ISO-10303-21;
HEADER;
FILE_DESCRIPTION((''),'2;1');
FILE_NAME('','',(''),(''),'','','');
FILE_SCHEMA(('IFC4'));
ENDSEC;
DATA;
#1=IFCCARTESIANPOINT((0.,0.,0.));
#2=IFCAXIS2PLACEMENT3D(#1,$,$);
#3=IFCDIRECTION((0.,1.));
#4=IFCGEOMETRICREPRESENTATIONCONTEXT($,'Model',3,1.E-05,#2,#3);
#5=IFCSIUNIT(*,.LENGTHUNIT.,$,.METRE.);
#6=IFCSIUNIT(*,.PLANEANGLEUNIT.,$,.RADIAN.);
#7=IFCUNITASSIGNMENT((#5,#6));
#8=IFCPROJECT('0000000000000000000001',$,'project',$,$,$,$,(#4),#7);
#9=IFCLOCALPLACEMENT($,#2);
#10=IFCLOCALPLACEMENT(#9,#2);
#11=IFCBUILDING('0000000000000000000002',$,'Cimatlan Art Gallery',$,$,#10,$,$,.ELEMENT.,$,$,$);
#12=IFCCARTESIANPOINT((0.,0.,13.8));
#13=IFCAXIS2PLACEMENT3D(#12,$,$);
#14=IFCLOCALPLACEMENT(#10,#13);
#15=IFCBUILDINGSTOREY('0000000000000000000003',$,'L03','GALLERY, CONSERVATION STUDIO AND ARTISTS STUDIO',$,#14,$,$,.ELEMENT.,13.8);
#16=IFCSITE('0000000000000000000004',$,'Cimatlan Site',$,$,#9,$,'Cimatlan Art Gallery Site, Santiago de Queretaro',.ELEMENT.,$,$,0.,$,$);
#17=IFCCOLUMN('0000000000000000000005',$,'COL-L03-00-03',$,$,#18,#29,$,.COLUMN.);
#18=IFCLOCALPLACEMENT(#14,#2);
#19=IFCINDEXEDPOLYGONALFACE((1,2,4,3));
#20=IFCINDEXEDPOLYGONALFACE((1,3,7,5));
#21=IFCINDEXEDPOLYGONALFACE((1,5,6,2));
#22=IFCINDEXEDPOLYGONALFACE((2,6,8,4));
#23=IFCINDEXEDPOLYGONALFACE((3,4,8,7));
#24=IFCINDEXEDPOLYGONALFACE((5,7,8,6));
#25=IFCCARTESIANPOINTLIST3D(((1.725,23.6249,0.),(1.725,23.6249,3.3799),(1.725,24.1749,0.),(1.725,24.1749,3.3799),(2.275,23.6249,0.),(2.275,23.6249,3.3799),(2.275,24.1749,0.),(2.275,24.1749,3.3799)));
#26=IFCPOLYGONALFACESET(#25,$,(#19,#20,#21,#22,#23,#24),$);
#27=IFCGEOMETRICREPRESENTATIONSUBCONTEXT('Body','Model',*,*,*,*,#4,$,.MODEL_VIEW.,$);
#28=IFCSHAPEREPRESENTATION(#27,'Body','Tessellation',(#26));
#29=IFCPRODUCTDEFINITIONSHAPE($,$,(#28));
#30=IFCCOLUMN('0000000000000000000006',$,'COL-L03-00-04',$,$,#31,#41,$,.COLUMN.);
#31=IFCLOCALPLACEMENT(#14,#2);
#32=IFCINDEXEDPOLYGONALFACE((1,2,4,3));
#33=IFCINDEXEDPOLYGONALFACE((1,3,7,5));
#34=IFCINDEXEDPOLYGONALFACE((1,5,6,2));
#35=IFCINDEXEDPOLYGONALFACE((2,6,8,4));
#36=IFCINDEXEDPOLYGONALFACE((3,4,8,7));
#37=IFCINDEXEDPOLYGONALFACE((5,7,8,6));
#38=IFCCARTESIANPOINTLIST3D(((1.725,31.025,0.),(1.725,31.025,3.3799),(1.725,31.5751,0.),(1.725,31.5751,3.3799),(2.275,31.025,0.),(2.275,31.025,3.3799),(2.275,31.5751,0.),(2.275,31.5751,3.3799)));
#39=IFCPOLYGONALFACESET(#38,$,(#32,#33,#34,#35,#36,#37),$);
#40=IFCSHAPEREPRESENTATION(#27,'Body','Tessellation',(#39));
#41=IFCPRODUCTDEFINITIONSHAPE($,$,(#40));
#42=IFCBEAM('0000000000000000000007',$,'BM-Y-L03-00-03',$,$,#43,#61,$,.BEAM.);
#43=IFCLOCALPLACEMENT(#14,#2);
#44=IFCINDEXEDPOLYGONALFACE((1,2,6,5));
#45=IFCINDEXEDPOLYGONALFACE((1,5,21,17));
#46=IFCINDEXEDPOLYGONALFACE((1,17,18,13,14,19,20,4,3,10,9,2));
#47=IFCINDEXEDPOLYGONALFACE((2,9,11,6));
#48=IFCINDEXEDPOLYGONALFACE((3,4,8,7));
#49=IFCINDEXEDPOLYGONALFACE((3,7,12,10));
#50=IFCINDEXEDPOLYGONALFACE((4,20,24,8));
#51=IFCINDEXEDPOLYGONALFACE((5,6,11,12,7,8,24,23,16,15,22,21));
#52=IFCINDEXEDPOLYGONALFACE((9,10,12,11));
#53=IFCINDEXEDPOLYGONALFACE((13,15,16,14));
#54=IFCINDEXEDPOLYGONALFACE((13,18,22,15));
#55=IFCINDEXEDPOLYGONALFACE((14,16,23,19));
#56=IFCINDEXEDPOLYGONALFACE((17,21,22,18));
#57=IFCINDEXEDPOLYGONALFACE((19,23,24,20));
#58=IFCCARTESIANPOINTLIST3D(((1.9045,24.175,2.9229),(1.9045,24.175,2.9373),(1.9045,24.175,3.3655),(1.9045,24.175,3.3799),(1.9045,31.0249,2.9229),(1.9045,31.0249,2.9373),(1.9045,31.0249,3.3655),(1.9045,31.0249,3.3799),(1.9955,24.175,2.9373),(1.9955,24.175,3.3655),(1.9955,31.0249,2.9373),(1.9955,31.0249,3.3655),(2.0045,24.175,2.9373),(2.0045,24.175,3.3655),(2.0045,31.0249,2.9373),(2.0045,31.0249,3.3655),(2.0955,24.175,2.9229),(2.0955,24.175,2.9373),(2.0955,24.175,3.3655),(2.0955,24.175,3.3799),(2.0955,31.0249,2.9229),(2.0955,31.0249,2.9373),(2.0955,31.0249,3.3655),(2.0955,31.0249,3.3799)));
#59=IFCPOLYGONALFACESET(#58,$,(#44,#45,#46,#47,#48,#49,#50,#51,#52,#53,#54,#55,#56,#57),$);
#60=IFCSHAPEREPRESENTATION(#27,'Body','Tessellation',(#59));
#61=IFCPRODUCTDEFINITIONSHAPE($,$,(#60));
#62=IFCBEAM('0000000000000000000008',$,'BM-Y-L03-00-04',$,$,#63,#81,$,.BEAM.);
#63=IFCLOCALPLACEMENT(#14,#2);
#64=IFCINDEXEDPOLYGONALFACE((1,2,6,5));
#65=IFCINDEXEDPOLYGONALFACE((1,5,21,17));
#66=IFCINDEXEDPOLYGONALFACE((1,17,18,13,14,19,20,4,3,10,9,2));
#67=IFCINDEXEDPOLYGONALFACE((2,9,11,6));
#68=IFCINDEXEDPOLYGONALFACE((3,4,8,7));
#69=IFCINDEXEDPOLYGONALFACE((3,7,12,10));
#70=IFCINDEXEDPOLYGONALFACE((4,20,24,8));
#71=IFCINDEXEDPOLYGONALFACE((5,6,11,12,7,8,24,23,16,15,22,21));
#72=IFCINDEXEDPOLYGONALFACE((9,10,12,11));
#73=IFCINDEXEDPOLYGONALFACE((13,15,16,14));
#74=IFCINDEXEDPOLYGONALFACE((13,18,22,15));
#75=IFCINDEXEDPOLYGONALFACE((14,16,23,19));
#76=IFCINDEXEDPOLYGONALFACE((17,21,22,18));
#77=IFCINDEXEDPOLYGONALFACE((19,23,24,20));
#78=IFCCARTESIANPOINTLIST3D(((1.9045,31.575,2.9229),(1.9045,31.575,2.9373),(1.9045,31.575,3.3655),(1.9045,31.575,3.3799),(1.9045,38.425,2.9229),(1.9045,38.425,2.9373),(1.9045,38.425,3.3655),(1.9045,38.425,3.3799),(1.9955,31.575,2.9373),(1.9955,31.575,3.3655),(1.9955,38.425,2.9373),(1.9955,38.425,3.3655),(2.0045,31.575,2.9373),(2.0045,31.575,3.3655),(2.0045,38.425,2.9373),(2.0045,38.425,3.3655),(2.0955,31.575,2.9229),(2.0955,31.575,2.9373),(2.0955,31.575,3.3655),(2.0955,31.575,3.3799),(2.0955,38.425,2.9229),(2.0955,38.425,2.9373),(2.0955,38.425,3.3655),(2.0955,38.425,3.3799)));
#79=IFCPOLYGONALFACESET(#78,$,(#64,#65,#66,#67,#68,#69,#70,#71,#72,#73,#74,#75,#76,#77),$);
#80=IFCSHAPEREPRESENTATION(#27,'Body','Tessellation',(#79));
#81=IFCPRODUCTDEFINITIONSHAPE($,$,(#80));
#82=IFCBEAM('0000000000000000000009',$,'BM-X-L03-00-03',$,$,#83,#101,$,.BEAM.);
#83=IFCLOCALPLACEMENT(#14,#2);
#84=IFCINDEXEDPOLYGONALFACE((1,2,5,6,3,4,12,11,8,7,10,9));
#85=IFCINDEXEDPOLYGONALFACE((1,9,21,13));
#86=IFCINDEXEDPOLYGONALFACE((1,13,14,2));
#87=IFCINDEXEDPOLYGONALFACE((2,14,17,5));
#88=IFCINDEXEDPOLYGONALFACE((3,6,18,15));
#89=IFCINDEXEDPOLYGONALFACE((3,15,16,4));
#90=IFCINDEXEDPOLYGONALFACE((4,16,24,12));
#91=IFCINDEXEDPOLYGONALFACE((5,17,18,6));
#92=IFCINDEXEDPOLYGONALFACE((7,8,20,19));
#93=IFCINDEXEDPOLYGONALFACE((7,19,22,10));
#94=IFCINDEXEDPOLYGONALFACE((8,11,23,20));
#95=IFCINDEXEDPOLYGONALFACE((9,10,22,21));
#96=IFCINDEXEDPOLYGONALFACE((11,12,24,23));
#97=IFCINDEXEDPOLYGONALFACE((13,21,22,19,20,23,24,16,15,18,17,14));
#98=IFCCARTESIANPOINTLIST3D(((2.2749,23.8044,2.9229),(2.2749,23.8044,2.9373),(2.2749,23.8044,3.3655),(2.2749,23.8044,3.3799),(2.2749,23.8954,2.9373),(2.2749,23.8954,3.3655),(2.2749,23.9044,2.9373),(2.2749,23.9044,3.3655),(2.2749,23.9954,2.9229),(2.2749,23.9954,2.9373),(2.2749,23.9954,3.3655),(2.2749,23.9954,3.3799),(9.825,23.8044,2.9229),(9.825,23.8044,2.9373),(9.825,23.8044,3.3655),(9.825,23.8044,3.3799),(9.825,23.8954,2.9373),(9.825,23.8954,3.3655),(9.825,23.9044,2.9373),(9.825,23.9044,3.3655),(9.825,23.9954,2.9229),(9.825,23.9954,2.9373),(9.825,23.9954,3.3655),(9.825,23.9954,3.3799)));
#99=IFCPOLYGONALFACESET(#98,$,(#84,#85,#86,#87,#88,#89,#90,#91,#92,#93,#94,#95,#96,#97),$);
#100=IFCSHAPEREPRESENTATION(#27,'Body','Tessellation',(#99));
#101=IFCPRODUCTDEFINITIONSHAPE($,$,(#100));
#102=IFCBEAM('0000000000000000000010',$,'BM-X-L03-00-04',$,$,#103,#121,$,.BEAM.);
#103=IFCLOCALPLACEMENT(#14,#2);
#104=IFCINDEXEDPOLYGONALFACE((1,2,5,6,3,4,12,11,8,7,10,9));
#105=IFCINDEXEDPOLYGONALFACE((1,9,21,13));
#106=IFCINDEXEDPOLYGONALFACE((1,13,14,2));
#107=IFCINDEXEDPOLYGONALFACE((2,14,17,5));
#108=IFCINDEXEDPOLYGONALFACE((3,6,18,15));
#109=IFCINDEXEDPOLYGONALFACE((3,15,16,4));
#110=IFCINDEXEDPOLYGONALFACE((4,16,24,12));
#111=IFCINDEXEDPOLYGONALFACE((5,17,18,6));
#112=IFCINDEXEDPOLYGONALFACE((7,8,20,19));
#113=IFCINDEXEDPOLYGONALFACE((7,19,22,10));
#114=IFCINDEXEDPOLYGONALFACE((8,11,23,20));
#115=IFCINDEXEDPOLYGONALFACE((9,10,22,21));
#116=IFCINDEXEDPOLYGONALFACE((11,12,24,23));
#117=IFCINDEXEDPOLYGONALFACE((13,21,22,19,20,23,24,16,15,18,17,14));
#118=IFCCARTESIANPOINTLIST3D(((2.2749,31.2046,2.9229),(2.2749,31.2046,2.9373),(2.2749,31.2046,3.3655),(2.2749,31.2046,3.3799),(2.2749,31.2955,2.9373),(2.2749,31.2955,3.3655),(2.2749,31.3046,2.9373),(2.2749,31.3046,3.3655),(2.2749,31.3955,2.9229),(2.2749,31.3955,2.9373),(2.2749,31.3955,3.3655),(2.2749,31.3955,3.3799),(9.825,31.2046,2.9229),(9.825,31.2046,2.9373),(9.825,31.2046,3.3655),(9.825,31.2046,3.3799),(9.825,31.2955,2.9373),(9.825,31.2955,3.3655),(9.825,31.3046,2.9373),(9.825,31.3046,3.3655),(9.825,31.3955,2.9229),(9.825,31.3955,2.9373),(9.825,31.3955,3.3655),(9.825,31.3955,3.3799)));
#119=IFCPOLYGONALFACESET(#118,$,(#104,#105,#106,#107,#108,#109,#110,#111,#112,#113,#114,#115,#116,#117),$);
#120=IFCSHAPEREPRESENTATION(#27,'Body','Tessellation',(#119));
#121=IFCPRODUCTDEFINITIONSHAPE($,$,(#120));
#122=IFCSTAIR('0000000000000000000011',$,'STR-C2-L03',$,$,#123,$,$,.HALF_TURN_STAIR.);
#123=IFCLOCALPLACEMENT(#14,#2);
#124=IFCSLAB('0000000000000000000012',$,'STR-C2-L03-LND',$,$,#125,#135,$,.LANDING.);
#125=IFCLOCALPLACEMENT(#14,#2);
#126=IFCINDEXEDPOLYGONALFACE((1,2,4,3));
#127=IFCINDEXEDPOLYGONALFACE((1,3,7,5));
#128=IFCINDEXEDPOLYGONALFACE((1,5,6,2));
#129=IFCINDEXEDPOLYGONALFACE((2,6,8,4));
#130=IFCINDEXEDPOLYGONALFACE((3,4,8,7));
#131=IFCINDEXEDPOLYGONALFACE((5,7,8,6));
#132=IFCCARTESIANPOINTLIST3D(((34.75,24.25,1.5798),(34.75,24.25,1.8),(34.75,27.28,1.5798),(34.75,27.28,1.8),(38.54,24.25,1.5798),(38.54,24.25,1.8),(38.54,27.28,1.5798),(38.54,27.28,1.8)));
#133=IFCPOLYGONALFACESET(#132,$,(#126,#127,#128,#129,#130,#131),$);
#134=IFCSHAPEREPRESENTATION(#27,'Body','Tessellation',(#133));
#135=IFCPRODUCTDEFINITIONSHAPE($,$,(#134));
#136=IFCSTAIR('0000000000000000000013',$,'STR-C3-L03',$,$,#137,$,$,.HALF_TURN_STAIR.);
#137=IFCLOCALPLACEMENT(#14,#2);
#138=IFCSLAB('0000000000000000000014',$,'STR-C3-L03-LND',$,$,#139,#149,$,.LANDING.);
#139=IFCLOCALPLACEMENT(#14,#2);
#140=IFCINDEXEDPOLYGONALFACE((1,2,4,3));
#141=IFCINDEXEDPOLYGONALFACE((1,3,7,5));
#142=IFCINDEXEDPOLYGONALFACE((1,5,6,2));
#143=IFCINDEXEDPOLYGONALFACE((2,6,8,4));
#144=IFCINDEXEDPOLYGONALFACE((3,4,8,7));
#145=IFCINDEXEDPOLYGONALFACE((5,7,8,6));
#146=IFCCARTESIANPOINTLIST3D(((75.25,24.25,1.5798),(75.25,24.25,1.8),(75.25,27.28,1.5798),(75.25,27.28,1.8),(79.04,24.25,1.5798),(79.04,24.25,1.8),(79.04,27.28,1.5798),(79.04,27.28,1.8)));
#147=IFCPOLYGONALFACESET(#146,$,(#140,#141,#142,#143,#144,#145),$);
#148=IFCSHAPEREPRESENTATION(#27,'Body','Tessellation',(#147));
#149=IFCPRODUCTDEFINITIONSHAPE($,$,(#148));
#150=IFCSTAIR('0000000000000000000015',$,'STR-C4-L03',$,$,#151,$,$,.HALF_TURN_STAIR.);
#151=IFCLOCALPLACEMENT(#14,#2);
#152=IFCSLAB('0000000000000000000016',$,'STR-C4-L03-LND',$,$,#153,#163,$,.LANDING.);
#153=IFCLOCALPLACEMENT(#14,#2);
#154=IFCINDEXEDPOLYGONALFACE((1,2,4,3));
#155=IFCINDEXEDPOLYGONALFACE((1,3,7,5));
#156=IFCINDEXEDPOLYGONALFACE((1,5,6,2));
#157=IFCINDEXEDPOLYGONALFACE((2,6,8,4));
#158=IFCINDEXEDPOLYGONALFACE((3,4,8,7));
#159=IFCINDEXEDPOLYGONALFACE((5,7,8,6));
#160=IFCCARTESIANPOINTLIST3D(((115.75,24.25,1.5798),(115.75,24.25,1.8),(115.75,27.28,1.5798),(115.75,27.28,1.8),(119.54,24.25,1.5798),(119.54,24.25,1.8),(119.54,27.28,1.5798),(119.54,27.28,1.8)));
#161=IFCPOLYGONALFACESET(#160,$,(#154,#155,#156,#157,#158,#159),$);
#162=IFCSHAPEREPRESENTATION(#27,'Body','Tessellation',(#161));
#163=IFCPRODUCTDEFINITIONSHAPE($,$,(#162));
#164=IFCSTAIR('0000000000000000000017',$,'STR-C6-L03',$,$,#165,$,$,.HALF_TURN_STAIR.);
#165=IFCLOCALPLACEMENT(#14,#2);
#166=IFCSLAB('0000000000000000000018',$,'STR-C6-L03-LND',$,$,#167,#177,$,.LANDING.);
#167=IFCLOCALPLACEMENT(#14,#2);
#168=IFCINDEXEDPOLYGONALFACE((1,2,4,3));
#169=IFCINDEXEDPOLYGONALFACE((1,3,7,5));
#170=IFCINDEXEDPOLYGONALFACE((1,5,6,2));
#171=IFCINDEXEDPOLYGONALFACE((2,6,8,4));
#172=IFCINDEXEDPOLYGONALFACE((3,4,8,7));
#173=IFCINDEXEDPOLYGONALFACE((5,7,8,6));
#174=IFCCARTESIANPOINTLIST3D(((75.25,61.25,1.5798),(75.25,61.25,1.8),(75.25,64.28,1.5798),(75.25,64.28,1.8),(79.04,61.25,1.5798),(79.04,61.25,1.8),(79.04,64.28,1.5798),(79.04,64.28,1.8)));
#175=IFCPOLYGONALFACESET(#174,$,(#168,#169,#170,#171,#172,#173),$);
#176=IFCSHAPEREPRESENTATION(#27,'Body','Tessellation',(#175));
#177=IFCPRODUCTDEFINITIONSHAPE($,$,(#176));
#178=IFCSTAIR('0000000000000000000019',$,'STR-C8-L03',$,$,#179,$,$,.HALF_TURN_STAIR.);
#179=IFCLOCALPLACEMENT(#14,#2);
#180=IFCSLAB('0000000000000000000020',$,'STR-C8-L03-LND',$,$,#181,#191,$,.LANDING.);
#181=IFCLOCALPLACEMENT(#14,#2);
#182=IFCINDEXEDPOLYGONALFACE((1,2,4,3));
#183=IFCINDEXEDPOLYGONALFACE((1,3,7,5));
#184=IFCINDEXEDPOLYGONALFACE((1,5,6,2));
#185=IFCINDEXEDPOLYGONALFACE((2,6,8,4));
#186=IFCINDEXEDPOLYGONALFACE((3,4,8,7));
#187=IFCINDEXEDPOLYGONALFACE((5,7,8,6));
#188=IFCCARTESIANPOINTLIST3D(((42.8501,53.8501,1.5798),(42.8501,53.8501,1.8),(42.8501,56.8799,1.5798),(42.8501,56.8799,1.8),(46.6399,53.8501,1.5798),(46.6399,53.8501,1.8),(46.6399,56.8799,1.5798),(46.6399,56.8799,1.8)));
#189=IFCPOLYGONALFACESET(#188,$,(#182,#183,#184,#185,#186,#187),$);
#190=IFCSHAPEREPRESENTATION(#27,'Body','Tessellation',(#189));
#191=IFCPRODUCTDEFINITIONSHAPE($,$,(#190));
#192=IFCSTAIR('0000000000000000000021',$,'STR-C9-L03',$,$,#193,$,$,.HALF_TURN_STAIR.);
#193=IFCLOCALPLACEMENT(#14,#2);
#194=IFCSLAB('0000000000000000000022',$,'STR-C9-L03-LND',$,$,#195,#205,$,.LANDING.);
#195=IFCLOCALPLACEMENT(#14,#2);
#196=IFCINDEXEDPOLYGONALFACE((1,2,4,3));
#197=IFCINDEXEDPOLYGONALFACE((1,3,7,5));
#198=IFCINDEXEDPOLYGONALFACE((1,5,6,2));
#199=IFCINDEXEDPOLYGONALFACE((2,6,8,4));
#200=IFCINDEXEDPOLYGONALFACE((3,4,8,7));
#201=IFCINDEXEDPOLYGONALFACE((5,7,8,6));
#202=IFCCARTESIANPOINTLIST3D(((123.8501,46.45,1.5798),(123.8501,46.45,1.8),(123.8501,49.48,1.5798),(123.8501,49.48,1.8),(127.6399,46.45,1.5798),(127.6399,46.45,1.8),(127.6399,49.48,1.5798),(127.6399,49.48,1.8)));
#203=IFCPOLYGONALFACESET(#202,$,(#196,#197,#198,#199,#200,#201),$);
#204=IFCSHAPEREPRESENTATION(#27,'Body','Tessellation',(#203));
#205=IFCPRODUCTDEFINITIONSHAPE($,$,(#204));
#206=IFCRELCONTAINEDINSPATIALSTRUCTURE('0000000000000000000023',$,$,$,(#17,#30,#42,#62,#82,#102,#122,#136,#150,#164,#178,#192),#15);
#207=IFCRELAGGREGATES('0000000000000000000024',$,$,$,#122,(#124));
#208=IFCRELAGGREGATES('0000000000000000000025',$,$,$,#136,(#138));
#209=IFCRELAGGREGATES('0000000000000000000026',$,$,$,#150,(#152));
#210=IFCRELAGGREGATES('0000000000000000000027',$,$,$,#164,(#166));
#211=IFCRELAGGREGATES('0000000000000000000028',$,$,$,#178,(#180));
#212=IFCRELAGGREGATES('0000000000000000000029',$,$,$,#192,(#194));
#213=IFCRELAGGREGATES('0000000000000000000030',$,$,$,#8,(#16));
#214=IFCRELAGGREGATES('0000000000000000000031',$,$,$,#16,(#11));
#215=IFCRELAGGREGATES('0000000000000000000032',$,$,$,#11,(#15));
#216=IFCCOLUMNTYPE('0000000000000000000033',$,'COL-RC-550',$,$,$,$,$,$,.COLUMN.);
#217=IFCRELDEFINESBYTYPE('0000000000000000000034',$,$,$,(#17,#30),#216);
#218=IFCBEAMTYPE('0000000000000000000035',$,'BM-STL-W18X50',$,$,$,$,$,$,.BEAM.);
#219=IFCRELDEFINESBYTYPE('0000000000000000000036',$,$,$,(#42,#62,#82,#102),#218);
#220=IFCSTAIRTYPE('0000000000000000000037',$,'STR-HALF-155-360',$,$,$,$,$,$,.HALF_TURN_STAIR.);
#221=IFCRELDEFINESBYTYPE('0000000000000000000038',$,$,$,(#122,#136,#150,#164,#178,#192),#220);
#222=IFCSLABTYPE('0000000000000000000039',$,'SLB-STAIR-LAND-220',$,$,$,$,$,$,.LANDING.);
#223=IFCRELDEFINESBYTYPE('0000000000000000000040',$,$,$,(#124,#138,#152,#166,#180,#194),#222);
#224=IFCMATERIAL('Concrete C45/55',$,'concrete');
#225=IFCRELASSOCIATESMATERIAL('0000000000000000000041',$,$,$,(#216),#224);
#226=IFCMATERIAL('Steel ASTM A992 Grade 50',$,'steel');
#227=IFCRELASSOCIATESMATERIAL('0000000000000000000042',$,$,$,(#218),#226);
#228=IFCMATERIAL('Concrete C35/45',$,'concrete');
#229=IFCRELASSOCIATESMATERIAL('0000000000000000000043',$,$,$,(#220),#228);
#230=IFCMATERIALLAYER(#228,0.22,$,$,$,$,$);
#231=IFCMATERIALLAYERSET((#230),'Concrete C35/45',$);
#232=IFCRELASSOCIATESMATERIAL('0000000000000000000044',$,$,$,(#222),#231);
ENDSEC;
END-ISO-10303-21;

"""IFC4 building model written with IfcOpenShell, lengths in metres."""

from ifc_helpers import new_model, si_unit, direction, frame, origin, origin_2d, place, context, subcontext, project, spatial, polyline, rectangle, i_section, outline, extrude, material, layer, layer_set, material_profile, profile_set, type_object, element, aggregate, save


model = new_model("IFC4")

# Units and contexts
model_context = context("Model", 3, precision=1e-05, world=origin(), true_north=direction((0.0, 1.0)))
body_context = subcontext(model_context, "Body", "Model", "MODEL_VIEW")
ifc_project = project(units=[si_unit("LENGTHUNIT", "METRE"), si_unit("PLANEANGLEUNIT", "RADIAN")], contexts=[model_context])

# Site, building, storey
site_placement = place(None, origin())
site = spatial("IfcSite", under=ifc_project, at=site_placement, Name="Cimatlan Site", LongName="Cimatlan Art Gallery Site, Santiago de Queretaro", CompositionType="ELEMENT", RefElevation=0.0)
building_placement = place(site_placement, origin())
building = spatial("IfcBuilding", under=site, at=building_placement, Name="Cimatlan Art Gallery", CompositionType="ELEMENT")
storey_placement = place(building_placement, frame((0.0, 0.0, 13.8)))
storey = spatial("IfcBuildingStorey", under=building, at=storey_placement, Name="L03", Description="GALLERY, CONSERVATION STUDIO AND ARTISTS STUDIO", CompositionType="ELEMENT", Elevation=13.8)

# Columns
ifc_material_1 = material(Name="Concrete C45/55", Category="concrete")
ifc_material_profile_1 = material_profile(ifc_material_1, rectangle(XDim=0.55, YDim=0.55, at=origin_2d()), Name="RC550X550")
ifc_profile_set_1 = profile_set([ifc_material_profile_1], Name="Concrete C45/55")
column_type = type_object("IfcColumnType", Name="COL-RC-550", PredefinedType="COLUMN", material=ifc_profile_set_1)
for number, where, z_axis, x_axis, name in (
    (1, (2.0, 23.8999, 0.0), (0.0, 0.0, 1.0), (1.0, 0.0, 0.0), "COL-L03-00-03"),
    (2, (2.0, 31.3, 0.0), (0.0, 0.0, 1.0), (1.0, 0.0, 0.0), "COL-L03-00-04"),
):
    element("IfcColumn", number, at=place(storey_placement, frame(where, z_axis=z_axis, x_axis=x_axis)), inside=storey, type_object=column_type, Name=name, PredefinedType="COLUMN", context=body_context, shape_type="SweptSolid", body=[
        extrude(rectangle(XDim=0.55, YDim=0.55, at=origin_2d()), origin(), (0.0, 0.0, 1.0), 3.3799),
    ])

# Beams
ifc_material_2 = material(Name="Steel ASTM A992 Grade 50", Category="steel")
ifc_material_profile_2 = material_profile(ifc_material_2, i_section(OverallWidth=0.1909, OverallDepth=0.457, WebThickness=0.009, FlangeThickness=0.0144, at=origin_2d()), Name="W18X50")
ifc_profile_set_2 = profile_set([ifc_material_profile_2], Name="Steel ASTM A992 Grade 50")
beam_type = type_object("IfcBeamType", Name="BM-STL-W18X50", PredefinedType="BEAM", material=ifc_profile_set_2)
beam_1_placement = place(storey_placement, frame((2.0, 24.175, 3.1514), z_axis=(0.0, 1.0, 0.0), x_axis=(-1.0, 0.0, 0.0)))
element("IfcBeam", 3, at=beam_1_placement, inside=storey, type_object=beam_type, Name="BM-Y-L03-00-03", PredefinedType="BEAM", context=body_context, shape_type="SweptSolid", body=[
    extrude(i_section(OverallWidth=0.1909, OverallDepth=0.457, WebThickness=0.009, FlangeThickness=0.0144, at=origin_2d()), origin(), (0.0, 0.0, 1.0), 6.8499),
])
beam_2_placement = place(storey_placement, frame((2.0, 31.575, 3.1514), z_axis=(0.0, 1.0, 0.0), x_axis=(-1.0, 0.0, 0.0)))
element("IfcBeam", 4, at=beam_2_placement, inside=storey, type_object=beam_type, Name="BM-Y-L03-00-04", PredefinedType="BEAM", context=body_context, shape_type="SweptSolid", body=[
    extrude(i_section(OverallWidth=0.1909, OverallDepth=0.457, WebThickness=0.009, FlangeThickness=0.0144, at=origin_2d()), origin(), (0.0, 0.0, 1.0), 6.8501),
])
for number, where, z_axis, x_axis, name in (
    (5, (2.2749, 23.8999, 3.1514), (1.0, 0.0, 0.0), (0.0, 1.0, 0.0), "BM-X-L03-00-03"),
    (6, (2.2749, 31.3, 3.1514), (1.0, 0.0, 0.0), (0.0, 1.0, 0.0), "BM-X-L03-00-04"),
):
    element("IfcBeam", number, at=place(storey_placement, frame(where, z_axis=z_axis, x_axis=x_axis)), inside=storey, type_object=beam_type, Name=name, PredefinedType="BEAM", context=body_context, shape_type="SweptSolid", body=[
        extrude(i_section(OverallWidth=0.1909, OverallDepth=0.457, WebThickness=0.009, FlangeThickness=0.0144, at=origin_2d()), origin(), (0.0, 0.0, 1.0), 7.55),
    ])

# Stairs, slabs
ifc_material_3 = material(Name="Concrete C35/45", Category="concrete")
stair_type = type_object("IfcStairType", Name="STR-HALF-155-360", PredefinedType="HALF_TURN_STAIR", material=ifc_material_3)
stair_1_placement = place(storey_placement, origin())
stair_1 = element("IfcStair", 7, at=stair_1_placement, inside=storey, type_object=stair_type, Name="STR-C2-L03", PredefinedType="HALF_TURN_STAIR")
ifc_layer_1 = layer(ifc_material_3, 0.22)
ifc_layer_set_1 = layer_set([ifc_layer_1], Name="Concrete C35/45")
slab_type = type_object("IfcSlabType", Name="SLB-STAIR-LAND-220", PredefinedType="LANDING", material=ifc_layer_set_1)
slab_1_placement = place(storey_placement, frame((0.0, 0.0, 1.5798)))
slab_1 = element("IfcSlab", 8, at=slab_1_placement, type_object=slab_type, Name="STR-C2-L03-LND", PredefinedType="LANDING", context=body_context, shape_type="SweptSolid", body=[
    extrude(outline(polyline([(34.75, 24.25), (38.54, 24.25), (38.54, 27.28), (34.75, 27.28), (34.75, 24.25)])), origin(), (0.0, 0.0, 1.0), 0.2202),
])
aggregate(stair_1, [slab_1])
stair_2_placement = place(storey_placement, origin())
stair_2 = element("IfcStair", 9, at=stair_2_placement, inside=storey, type_object=stair_type, Name="STR-C3-L03", PredefinedType="HALF_TURN_STAIR")
slab_2_placement = place(storey_placement, frame((0.0, 0.0, 1.5798)))
slab_2 = element("IfcSlab", 10, at=slab_2_placement, type_object=slab_type, Name="STR-C3-L03-LND", PredefinedType="LANDING", context=body_context, shape_type="SweptSolid", body=[
    extrude(outline(polyline([(75.25, 24.25), (79.04, 24.25), (79.04, 27.28), (75.25, 27.28), (75.25, 24.25)])), origin(), (0.0, 0.0, 1.0), 0.2202),
])
aggregate(stair_2, [slab_2])
stair_3_placement = place(storey_placement, origin())
stair_3 = element("IfcStair", 11, at=stair_3_placement, inside=storey, type_object=stair_type, Name="STR-C4-L03", PredefinedType="HALF_TURN_STAIR")
slab_3_placement = place(storey_placement, frame((0.0, 0.0, 1.5798)))
slab_3 = element("IfcSlab", 12, at=slab_3_placement, type_object=slab_type, Name="STR-C4-L03-LND", PredefinedType="LANDING", context=body_context, shape_type="SweptSolid", body=[
    extrude(outline(polyline([(115.75, 24.25), (119.54, 24.25), (119.54, 27.28), (115.75, 27.28), (115.75, 24.25)])), origin(), (0.0, 0.0, 1.0), 0.2202),
])
aggregate(stair_3, [slab_3])
stair_4_placement = place(storey_placement, origin())
stair_4 = element("IfcStair", 13, at=stair_4_placement, inside=storey, type_object=stair_type, Name="STR-C6-L03", PredefinedType="HALF_TURN_STAIR")
slab_4_placement = place(storey_placement, frame((0.0, 0.0, 1.5798)))
slab_4 = element("IfcSlab", 14, at=slab_4_placement, type_object=slab_type, Name="STR-C6-L03-LND", PredefinedType="LANDING", context=body_context, shape_type="SweptSolid", body=[
    extrude(outline(polyline([(75.25, 61.25), (79.04, 61.25), (79.04, 64.28), (75.25, 64.28), (75.25, 61.25)])), origin(), (0.0, 0.0, 1.0), 0.2202),
])
aggregate(stair_4, [slab_4])
stair_5_placement = place(storey_placement, origin())
stair_5 = element("IfcStair", 15, at=stair_5_placement, inside=storey, type_object=stair_type, Name="STR-C8-L03", PredefinedType="HALF_TURN_STAIR")
slab_5_placement = place(storey_placement, frame((0.0, 0.0, 1.5798)))
slab_5 = element("IfcSlab", 16, at=slab_5_placement, type_object=slab_type, Name="STR-C8-L03-LND", PredefinedType="LANDING", context=body_context, shape_type="SweptSolid", body=[
    extrude(outline(polyline([(42.8501, 53.8501), (46.6399, 53.8501), (46.6399, 56.8799), (42.8501, 56.8799), (42.8501, 53.8501)])), origin(), (0.0, 0.0, 1.0), 0.2202),
])
aggregate(stair_5, [slab_5])
stair_6_placement = place(storey_placement, origin())
stair_6 = element("IfcStair", 17, at=stair_6_placement, inside=storey, type_object=stair_type, Name="STR-C9-L03", PredefinedType="HALF_TURN_STAIR")
slab_6_placement = place(storey_placement, frame((0.0, 0.0, 1.5798)))
slab_6 = element("IfcSlab", 18, at=slab_6_placement, type_object=slab_type, Name="STR-C9-L03-LND", PredefinedType="LANDING", context=body_context, shape_type="SweptSolid", body=[
    extrude(outline(polyline([(123.8501, 46.45), (127.6399, 46.45), (127.6399, 49.48), (123.8501, 49.48), (123.8501, 46.45)])), origin(), (0.0, 0.0, 1.0), 0.2202),
])
aggregate(stair_6, [slab_6])

save(model, "model.ifc")
